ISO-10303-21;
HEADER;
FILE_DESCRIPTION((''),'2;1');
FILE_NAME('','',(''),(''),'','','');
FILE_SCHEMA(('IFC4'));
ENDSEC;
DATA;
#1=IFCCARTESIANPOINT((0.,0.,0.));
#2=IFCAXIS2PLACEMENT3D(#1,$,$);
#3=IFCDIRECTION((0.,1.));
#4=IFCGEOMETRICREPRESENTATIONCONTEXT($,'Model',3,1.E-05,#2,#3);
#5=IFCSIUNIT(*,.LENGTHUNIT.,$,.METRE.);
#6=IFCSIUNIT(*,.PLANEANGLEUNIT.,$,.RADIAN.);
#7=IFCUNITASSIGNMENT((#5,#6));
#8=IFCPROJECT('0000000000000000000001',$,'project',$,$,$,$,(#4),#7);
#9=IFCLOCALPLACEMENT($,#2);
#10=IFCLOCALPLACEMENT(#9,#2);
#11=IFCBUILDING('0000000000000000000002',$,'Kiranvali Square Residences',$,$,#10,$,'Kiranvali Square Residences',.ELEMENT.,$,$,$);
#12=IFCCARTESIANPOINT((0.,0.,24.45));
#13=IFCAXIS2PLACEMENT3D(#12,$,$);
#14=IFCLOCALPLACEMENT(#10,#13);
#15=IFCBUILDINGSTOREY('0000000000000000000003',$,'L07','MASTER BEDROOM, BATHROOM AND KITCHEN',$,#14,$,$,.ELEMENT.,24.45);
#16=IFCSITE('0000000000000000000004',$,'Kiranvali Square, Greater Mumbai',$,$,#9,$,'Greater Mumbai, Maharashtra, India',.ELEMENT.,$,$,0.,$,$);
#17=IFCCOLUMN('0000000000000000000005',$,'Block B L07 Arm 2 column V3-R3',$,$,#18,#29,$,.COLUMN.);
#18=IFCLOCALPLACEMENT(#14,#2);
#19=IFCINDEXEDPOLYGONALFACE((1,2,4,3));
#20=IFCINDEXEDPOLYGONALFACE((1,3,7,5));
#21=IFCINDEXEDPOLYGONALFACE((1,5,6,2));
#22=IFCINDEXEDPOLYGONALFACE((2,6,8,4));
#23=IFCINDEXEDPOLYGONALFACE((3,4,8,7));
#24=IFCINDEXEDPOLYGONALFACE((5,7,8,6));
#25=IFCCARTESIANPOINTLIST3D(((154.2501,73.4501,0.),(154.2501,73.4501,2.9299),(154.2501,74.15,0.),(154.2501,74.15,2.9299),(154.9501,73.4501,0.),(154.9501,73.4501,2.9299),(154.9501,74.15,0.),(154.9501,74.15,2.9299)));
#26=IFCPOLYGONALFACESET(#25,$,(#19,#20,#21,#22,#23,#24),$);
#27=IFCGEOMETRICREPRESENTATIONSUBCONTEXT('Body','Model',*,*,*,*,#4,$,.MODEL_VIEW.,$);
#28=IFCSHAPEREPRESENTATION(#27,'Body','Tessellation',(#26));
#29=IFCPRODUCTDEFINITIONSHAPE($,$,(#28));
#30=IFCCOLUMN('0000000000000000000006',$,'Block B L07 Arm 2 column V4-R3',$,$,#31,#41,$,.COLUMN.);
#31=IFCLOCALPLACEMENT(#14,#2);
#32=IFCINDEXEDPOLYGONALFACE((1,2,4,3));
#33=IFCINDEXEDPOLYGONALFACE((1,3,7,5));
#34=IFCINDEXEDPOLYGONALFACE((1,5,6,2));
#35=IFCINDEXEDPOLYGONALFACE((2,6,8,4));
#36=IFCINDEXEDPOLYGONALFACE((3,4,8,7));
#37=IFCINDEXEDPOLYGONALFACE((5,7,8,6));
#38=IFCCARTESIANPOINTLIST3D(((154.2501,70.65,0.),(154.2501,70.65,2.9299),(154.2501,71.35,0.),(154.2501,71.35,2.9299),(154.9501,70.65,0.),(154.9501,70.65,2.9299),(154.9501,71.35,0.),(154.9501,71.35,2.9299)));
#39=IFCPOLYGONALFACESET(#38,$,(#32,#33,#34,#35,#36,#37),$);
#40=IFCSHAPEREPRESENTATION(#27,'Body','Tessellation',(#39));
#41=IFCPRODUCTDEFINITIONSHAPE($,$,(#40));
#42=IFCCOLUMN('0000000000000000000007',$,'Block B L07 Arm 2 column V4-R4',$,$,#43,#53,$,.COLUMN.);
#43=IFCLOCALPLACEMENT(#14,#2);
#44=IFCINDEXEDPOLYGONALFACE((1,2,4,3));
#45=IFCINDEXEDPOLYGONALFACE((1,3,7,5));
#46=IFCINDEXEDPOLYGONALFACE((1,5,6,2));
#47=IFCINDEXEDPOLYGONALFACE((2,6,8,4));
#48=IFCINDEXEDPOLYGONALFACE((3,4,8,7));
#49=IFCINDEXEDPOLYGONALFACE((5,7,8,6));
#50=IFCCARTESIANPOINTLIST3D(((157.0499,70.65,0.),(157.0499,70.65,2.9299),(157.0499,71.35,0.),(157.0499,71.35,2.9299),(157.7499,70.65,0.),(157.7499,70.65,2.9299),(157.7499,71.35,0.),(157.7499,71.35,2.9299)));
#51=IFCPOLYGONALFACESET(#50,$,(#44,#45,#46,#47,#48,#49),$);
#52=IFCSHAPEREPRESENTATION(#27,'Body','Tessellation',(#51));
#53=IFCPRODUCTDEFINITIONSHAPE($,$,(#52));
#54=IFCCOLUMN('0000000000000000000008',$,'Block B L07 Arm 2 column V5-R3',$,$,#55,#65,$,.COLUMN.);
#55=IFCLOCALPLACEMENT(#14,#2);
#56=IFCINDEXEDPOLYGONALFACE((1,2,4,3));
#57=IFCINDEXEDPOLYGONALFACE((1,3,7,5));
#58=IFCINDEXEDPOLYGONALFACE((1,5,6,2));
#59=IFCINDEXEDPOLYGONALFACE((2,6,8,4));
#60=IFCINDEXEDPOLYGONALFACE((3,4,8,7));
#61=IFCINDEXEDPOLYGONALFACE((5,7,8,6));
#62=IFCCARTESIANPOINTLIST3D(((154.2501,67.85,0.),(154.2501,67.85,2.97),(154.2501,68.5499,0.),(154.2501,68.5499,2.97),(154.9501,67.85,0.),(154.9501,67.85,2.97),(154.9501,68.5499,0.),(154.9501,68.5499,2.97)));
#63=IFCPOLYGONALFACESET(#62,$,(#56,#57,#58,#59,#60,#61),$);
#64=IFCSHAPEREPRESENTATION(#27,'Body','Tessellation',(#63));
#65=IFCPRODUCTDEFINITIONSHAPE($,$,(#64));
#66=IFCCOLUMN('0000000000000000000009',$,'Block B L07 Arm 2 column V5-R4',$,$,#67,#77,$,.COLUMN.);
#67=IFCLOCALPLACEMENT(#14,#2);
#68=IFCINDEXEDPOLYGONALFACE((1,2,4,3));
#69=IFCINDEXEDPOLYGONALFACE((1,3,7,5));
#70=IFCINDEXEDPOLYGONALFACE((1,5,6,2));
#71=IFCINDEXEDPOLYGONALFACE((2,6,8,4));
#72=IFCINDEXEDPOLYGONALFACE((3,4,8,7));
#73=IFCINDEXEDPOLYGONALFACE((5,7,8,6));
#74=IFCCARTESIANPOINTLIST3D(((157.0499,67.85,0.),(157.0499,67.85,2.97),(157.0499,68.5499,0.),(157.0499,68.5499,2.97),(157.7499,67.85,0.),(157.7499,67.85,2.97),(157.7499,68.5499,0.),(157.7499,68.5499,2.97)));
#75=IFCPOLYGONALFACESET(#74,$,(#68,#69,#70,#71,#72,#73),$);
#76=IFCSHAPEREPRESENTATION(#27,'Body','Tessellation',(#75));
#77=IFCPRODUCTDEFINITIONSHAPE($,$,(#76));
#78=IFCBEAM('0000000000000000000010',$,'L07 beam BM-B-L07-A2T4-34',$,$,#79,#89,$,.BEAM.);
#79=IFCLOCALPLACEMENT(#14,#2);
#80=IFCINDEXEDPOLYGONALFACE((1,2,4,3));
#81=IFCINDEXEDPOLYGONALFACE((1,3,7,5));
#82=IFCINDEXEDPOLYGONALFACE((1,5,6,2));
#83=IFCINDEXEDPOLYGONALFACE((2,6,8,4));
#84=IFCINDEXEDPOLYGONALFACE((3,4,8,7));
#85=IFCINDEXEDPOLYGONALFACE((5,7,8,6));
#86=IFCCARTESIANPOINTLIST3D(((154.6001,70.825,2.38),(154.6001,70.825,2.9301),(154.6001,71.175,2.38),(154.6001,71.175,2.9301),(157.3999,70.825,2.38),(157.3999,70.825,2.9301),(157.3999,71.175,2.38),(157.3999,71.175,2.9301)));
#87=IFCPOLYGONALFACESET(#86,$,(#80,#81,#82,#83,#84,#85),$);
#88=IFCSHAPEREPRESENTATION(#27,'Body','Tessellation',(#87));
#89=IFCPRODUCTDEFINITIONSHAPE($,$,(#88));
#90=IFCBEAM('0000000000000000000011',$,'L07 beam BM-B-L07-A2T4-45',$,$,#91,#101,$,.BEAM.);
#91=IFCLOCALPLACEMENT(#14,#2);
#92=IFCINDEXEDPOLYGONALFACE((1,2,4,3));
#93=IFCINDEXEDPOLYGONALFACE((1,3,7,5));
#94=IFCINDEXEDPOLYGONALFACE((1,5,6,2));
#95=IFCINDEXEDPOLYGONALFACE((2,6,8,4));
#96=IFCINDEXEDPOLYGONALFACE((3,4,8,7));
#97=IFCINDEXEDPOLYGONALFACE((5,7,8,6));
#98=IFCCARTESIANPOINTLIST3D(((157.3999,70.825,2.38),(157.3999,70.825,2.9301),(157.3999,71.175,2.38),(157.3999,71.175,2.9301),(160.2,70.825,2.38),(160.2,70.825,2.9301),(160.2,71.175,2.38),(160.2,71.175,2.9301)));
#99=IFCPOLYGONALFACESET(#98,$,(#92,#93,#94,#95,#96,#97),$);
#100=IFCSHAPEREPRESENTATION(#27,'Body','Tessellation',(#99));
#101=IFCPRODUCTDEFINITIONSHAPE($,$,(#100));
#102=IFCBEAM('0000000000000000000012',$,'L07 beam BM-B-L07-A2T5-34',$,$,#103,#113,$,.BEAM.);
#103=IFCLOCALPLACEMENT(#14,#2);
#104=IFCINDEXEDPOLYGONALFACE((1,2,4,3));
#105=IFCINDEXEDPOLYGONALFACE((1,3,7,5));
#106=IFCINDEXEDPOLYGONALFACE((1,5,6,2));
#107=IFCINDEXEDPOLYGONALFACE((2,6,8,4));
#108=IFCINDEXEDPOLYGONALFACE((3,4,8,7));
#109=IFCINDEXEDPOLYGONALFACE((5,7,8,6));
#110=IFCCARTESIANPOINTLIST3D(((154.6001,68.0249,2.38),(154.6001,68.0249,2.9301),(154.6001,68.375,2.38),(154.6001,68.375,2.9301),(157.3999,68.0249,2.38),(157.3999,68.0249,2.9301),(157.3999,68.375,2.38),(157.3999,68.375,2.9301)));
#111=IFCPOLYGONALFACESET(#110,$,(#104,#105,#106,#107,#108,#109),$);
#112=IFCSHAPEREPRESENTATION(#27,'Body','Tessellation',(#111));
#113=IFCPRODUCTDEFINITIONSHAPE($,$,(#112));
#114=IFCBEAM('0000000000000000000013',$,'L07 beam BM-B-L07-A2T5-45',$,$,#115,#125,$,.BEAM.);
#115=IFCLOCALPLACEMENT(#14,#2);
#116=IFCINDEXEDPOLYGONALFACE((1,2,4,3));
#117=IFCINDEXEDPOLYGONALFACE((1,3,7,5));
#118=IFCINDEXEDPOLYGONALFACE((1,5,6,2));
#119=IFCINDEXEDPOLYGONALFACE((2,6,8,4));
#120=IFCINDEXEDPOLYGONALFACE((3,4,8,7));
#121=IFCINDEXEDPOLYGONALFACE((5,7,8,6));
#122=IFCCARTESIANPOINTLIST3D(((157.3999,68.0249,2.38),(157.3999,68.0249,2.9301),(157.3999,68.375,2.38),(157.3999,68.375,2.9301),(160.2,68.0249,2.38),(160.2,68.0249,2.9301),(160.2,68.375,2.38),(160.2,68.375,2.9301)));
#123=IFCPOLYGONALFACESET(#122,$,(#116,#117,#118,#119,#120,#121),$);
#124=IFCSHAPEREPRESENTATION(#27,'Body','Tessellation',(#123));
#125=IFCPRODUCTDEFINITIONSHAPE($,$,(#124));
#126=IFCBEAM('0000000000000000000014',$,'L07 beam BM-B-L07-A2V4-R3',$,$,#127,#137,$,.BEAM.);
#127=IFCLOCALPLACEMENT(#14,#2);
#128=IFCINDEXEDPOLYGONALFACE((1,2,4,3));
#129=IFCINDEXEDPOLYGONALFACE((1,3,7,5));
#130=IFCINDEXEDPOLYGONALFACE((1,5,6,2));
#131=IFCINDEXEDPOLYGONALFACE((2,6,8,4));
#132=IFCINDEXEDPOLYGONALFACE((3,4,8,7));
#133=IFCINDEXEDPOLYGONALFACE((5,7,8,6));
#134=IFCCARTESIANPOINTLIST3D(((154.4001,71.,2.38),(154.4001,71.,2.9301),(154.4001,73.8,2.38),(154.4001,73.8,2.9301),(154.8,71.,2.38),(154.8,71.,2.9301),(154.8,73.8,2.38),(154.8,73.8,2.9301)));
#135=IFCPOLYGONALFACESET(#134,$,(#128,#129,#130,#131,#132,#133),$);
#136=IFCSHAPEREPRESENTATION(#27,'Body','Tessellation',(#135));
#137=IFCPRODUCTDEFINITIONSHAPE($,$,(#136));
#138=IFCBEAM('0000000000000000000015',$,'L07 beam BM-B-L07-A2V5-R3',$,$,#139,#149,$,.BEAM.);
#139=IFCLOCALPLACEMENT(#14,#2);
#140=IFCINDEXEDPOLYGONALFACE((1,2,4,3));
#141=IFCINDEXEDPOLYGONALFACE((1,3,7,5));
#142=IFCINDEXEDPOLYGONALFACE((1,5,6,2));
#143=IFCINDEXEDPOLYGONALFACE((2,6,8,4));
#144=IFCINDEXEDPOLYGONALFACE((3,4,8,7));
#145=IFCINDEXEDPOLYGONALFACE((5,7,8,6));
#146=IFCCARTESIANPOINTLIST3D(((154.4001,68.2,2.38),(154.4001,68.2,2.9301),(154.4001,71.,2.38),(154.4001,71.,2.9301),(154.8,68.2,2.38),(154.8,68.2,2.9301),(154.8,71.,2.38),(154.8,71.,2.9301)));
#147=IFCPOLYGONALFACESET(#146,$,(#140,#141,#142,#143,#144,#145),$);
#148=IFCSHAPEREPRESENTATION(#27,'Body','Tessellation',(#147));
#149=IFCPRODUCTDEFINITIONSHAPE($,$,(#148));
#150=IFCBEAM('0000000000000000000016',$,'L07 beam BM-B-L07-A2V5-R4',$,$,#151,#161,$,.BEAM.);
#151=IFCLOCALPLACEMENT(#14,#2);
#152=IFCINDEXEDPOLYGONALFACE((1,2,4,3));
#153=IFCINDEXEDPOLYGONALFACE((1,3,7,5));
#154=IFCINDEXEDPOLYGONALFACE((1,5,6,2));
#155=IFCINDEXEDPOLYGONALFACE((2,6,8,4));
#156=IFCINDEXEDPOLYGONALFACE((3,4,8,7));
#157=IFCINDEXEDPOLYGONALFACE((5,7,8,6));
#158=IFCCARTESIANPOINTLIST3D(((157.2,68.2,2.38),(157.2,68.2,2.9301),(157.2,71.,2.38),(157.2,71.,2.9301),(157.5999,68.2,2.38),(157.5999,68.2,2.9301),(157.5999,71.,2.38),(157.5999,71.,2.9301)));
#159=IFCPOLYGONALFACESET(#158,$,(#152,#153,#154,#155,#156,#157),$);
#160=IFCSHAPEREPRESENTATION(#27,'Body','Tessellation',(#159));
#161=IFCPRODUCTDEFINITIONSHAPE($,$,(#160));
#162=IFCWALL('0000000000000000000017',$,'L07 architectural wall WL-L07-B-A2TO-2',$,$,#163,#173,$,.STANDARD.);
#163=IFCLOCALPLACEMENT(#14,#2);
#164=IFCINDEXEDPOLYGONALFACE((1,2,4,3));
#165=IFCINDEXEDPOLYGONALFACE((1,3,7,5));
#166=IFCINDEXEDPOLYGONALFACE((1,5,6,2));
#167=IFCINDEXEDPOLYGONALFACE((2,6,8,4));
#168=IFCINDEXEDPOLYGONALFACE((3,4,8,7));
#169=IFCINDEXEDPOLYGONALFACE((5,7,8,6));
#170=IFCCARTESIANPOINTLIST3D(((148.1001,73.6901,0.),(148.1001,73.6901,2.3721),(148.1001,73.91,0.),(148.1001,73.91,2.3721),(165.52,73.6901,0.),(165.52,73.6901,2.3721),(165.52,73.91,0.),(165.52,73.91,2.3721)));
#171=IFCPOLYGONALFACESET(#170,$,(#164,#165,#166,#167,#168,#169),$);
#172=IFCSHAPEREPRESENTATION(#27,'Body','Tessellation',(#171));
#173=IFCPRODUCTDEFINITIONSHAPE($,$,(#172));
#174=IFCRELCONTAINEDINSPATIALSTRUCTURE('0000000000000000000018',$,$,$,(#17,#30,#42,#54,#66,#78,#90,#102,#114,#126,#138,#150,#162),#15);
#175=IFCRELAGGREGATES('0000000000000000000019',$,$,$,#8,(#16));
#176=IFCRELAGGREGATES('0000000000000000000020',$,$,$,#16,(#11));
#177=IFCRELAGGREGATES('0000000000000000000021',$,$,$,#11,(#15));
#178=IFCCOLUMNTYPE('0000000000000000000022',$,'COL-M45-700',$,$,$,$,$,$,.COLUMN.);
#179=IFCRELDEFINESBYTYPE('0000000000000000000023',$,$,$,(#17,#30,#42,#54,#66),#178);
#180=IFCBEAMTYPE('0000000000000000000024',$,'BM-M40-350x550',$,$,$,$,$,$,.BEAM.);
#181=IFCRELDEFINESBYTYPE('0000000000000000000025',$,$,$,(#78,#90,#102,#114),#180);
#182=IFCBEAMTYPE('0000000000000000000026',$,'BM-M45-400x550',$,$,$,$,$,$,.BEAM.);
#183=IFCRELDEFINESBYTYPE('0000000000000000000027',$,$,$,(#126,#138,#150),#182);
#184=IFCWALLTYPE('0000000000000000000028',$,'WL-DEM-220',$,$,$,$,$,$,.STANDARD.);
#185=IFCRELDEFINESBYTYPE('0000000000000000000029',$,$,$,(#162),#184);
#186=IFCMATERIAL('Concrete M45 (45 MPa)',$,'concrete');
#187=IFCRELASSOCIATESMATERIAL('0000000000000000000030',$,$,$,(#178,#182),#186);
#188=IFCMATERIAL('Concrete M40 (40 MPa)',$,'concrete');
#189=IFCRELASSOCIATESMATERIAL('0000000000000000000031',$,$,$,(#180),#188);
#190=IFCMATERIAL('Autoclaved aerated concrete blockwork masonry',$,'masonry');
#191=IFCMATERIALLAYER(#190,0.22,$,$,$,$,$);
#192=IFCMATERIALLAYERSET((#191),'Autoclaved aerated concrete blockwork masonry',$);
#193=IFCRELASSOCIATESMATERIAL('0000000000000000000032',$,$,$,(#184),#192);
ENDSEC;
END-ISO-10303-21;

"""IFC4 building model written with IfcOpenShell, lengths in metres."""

from ifc_helpers import new_model, si_unit, direction, frame, frame_2d, origin, origin_2d, place, context, subcontext, project, spatial, rectangle, extrude, material, layer, layer_set, material_profile, profile_set, type_object, element, save


model = new_model("IFC4")

# Units and contexts
model_context = context("Model", 3, precision=1e-05, world=origin(), true_north=direction((0.0, 1.0)))
body_context = subcontext(model_context, "Body", "Model", "MODEL_VIEW")
ifc_project = project(units=[si_unit("LENGTHUNIT", "METRE"), si_unit("PLANEANGLEUNIT", "RADIAN")], contexts=[model_context])

# Site, building, storey
site_placement = place(None, origin())
site = spatial("IfcSite", under=ifc_project, at=site_placement, Name="Kiranvali Square, Greater Mumbai", LongName="Greater Mumbai, Maharashtra, India", CompositionType="ELEMENT", RefElevation=0.0)
building_placement = place(site_placement, origin())
building = spatial("IfcBuilding", under=site, at=building_placement, Name="Kiranvali Square Residences", LongName="Kiranvali Square Residences", CompositionType="ELEMENT")
storey_placement = place(building_placement, frame((0.0, 0.0, 24.45)))
storey = spatial("IfcBuildingStorey", under=building, at=storey_placement, Name="L07", Description="MASTER BEDROOM, BATHROOM AND KITCHEN", CompositionType="ELEMENT", Elevation=24.45)

# Columns
ifc_material_1 = material(Name="Concrete M45 (45 MPa)", Category="concrete")
ifc_material_profile_1 = material_profile(ifc_material_1, rectangle(XDim=0.7, YDim=0.7, at=origin_2d()), Name="RC 700x700")
ifc_profile_set_1 = profile_set([ifc_material_profile_1], Name="Concrete M45 (45 MPa)")
column_type = type_object("IfcColumnType", Name="COL-M45-700", PredefinedType="COLUMN", material=ifc_profile_set_1)
for number, where, z_axis, x_axis, name in (
    (1, (154.6001, 73.8, 0.0), (0.0, 0.0, 1.0), (1.0, 0.0, 0.0), "Block B L07 Arm 2 column V3-R3"),
    (2, (154.6001, 71.0, 0.0), (0.0, 0.0, 1.0), (1.0, 0.0, 0.0), "Block B L07 Arm 2 column V4-R3"),
    (3, (157.3999, 71.0, 0.0), (0.0, 0.0, 1.0), (1.0, 0.0, 0.0), "Block B L07 Arm 2 column V4-R4"),
):
    element("IfcColumn", number, at=place(storey_placement, frame(where, z_axis=z_axis, x_axis=x_axis)), inside=storey, type_object=column_type, Name=name, PredefinedType="COLUMN", context=body_context, shape_type="SweptSolid", body=[
        extrude(rectangle(XDim=0.7, YDim=0.7, at=origin_2d()), origin(), (0.0, 0.0, 1.0), 2.9299),
    ])
for number, where, z_axis, x_axis, name in (
    (4, (154.6001, 68.2, 0.0), (0.0, 0.0, 1.0), (1.0, 0.0, 0.0), "Block B L07 Arm 2 column V5-R3"),
    (5, (157.3999, 68.2, 0.0), (0.0, 0.0, 1.0), (1.0, 0.0, 0.0), "Block B L07 Arm 2 column V5-R4"),
):
    element("IfcColumn", number, at=place(storey_placement, frame(where, z_axis=z_axis, x_axis=x_axis)), inside=storey, type_object=column_type, Name=name, PredefinedType="COLUMN", context=body_context, shape_type="SweptSolid", body=[
        extrude(rectangle(XDim=0.7, YDim=0.7, at=origin_2d()), origin(), (0.0, 0.0, 1.0), 2.97),
    ])

# Beams
ifc_material_2 = material(Name="Concrete M40 (40 MPa)", Category="concrete")
ifc_material_profile_2 = material_profile(ifc_material_2, rectangle(XDim=0.3501, YDim=0.55, at=origin_2d()), Name="RC 350x550")
ifc_profile_set_2 = profile_set([ifc_material_profile_2], Name="Concrete M40 (40 MPa)")
beam_type_1 = type_object("IfcBeamType", Name="BM-M40-350x550", PredefinedType="BEAM", material=ifc_profile_set_2)
beam_1_placement = place(storey_placement, frame((154.6001, 71.0, 2.655), z_axis=(1.0, 0.0, 0.0), x_axis=(0.0, 1.0, 0.0)))
element("IfcBeam", 6, at=beam_1_placement, inside=storey, type_object=beam_type_1, Name="L07 beam BM-B-L07-A2T4-34", PredefinedType="BEAM", context=body_context, shape_type="SweptSolid", body=[
    extrude(rectangle(XDim=0.3501, YDim=0.55, at=origin_2d()), origin(), (0.0, 0.0, 1.0), 2.7998),
])
beam_2_placement = place(storey_placement, frame((157.3999, 71.0, 2.655), z_axis=(1.0, 0.0, 0.0), x_axis=(0.0, 1.0, 0.0)))
element("IfcBeam", 7, at=beam_2_placement, inside=storey, type_object=beam_type_1, Name="L07 beam BM-B-L07-A2T4-45", PredefinedType="BEAM", context=body_context, shape_type="SweptSolid", body=[
    extrude(rectangle(XDim=0.3501, YDim=0.55, at=origin_2d()), origin(), (0.0, 0.0, 1.0), 2.8),
])
beam_3_placement = place(storey_placement, frame((154.6001, 68.2, 2.655), z_axis=(1.0, 0.0, 0.0), x_axis=(0.0, 1.0, 0.0)))
element("IfcBeam", 8, at=beam_3_placement, inside=storey, type_object=beam_type_1, Name="L07 beam BM-B-L07-A2T5-34", PredefinedType="BEAM", context=body_context, shape_type="SweptSolid", body=[
    extrude(rectangle(XDim=0.3501, YDim=0.55, at=origin_2d()), origin(), (0.0, 0.0, 1.0), 2.7998),
])
beam_4_placement = place(storey_placement, frame((157.3999, 68.2, 2.655), z_axis=(1.0, 0.0, 0.0), x_axis=(0.0, 1.0, 0.0)))
element("IfcBeam", 9, at=beam_4_placement, inside=storey, type_object=beam_type_1, Name="L07 beam BM-B-L07-A2T5-45", PredefinedType="BEAM", context=body_context, shape_type="SweptSolid", body=[
    extrude(rectangle(XDim=0.3501, YDim=0.55, at=origin_2d()), origin(), (0.0, 0.0, 1.0), 2.8),
])
ifc_material_profile_3 = material_profile(ifc_material_1, rectangle(XDim=0.3999, YDim=0.55, at=origin_2d()), Name="RC 400x550")
ifc_profile_set_3 = profile_set([ifc_material_profile_3], Name="Concrete M45 (45 MPa)")
beam_type_2 = type_object("IfcBeamType", Name="BM-M45-400x550", PredefinedType="BEAM", material=ifc_profile_set_3)
for number, where, z_axis, x_axis, name in (
    (10, (154.6001, 73.8, 2.655), (0.0, -1.0, 0.0), (1.0, 0.0, 0.0), "L07 beam BM-B-L07-A2V4-R3"),
    (11, (154.6001, 71.0, 2.655), (0.0, -1.0, 0.0), (1.0, 0.0, 0.0), "L07 beam BM-B-L07-A2V5-R3"),
    (12, (157.3999, 71.0, 2.655), (0.0, -1.0, 0.0), (1.0, 0.0, 0.0), "L07 beam BM-B-L07-A2V5-R4"),
):
    element("IfcBeam", number, at=place(storey_placement, frame(where, z_axis=z_axis, x_axis=x_axis)), inside=storey, type_object=beam_type_2, Name=name, PredefinedType="BEAM", context=body_context, shape_type="SweptSolid", body=[
        extrude(rectangle(XDim=0.3999, YDim=0.55, at=origin_2d()), origin(), (0.0, 0.0, 1.0), 2.8),
    ])

# Wall
ifc_material_3 = material(Name="Autoclaved aerated concrete blockwork masonry", Category="masonry")
ifc_layer_1 = layer(ifc_material_3, 0.22)
ifc_layer_set_1 = layer_set([ifc_layer_1], Name="Autoclaved aerated concrete blockwork masonry")
wall_type_1 = type_object("IfcWallType", Name="WL-DEM-220", PredefinedType="STANDARD", material=ifc_layer_set_1)
wall_1_placement = place(storey_placement, frame((148.1001, 73.8, 0.0), z_axis=(0.0, 0.0, 1.0), x_axis=(1.0, 0.0, 0.0)))
element("IfcWall", 13, at=wall_1_placement, inside=storey, type_object=wall_type_1, Name="L07 architectural wall WL-L07-B-A2TO-2", PredefinedType="STANDARD", context=body_context, shape_type="SweptSolid", body=[
    extrude(rectangle(XDim=17.4199, YDim=0.22, at=frame_2d((8.71, 0.0))), origin(), (0.0, 0.0, 1.0), 2.3721),
])

save(model, "model.ifc")
